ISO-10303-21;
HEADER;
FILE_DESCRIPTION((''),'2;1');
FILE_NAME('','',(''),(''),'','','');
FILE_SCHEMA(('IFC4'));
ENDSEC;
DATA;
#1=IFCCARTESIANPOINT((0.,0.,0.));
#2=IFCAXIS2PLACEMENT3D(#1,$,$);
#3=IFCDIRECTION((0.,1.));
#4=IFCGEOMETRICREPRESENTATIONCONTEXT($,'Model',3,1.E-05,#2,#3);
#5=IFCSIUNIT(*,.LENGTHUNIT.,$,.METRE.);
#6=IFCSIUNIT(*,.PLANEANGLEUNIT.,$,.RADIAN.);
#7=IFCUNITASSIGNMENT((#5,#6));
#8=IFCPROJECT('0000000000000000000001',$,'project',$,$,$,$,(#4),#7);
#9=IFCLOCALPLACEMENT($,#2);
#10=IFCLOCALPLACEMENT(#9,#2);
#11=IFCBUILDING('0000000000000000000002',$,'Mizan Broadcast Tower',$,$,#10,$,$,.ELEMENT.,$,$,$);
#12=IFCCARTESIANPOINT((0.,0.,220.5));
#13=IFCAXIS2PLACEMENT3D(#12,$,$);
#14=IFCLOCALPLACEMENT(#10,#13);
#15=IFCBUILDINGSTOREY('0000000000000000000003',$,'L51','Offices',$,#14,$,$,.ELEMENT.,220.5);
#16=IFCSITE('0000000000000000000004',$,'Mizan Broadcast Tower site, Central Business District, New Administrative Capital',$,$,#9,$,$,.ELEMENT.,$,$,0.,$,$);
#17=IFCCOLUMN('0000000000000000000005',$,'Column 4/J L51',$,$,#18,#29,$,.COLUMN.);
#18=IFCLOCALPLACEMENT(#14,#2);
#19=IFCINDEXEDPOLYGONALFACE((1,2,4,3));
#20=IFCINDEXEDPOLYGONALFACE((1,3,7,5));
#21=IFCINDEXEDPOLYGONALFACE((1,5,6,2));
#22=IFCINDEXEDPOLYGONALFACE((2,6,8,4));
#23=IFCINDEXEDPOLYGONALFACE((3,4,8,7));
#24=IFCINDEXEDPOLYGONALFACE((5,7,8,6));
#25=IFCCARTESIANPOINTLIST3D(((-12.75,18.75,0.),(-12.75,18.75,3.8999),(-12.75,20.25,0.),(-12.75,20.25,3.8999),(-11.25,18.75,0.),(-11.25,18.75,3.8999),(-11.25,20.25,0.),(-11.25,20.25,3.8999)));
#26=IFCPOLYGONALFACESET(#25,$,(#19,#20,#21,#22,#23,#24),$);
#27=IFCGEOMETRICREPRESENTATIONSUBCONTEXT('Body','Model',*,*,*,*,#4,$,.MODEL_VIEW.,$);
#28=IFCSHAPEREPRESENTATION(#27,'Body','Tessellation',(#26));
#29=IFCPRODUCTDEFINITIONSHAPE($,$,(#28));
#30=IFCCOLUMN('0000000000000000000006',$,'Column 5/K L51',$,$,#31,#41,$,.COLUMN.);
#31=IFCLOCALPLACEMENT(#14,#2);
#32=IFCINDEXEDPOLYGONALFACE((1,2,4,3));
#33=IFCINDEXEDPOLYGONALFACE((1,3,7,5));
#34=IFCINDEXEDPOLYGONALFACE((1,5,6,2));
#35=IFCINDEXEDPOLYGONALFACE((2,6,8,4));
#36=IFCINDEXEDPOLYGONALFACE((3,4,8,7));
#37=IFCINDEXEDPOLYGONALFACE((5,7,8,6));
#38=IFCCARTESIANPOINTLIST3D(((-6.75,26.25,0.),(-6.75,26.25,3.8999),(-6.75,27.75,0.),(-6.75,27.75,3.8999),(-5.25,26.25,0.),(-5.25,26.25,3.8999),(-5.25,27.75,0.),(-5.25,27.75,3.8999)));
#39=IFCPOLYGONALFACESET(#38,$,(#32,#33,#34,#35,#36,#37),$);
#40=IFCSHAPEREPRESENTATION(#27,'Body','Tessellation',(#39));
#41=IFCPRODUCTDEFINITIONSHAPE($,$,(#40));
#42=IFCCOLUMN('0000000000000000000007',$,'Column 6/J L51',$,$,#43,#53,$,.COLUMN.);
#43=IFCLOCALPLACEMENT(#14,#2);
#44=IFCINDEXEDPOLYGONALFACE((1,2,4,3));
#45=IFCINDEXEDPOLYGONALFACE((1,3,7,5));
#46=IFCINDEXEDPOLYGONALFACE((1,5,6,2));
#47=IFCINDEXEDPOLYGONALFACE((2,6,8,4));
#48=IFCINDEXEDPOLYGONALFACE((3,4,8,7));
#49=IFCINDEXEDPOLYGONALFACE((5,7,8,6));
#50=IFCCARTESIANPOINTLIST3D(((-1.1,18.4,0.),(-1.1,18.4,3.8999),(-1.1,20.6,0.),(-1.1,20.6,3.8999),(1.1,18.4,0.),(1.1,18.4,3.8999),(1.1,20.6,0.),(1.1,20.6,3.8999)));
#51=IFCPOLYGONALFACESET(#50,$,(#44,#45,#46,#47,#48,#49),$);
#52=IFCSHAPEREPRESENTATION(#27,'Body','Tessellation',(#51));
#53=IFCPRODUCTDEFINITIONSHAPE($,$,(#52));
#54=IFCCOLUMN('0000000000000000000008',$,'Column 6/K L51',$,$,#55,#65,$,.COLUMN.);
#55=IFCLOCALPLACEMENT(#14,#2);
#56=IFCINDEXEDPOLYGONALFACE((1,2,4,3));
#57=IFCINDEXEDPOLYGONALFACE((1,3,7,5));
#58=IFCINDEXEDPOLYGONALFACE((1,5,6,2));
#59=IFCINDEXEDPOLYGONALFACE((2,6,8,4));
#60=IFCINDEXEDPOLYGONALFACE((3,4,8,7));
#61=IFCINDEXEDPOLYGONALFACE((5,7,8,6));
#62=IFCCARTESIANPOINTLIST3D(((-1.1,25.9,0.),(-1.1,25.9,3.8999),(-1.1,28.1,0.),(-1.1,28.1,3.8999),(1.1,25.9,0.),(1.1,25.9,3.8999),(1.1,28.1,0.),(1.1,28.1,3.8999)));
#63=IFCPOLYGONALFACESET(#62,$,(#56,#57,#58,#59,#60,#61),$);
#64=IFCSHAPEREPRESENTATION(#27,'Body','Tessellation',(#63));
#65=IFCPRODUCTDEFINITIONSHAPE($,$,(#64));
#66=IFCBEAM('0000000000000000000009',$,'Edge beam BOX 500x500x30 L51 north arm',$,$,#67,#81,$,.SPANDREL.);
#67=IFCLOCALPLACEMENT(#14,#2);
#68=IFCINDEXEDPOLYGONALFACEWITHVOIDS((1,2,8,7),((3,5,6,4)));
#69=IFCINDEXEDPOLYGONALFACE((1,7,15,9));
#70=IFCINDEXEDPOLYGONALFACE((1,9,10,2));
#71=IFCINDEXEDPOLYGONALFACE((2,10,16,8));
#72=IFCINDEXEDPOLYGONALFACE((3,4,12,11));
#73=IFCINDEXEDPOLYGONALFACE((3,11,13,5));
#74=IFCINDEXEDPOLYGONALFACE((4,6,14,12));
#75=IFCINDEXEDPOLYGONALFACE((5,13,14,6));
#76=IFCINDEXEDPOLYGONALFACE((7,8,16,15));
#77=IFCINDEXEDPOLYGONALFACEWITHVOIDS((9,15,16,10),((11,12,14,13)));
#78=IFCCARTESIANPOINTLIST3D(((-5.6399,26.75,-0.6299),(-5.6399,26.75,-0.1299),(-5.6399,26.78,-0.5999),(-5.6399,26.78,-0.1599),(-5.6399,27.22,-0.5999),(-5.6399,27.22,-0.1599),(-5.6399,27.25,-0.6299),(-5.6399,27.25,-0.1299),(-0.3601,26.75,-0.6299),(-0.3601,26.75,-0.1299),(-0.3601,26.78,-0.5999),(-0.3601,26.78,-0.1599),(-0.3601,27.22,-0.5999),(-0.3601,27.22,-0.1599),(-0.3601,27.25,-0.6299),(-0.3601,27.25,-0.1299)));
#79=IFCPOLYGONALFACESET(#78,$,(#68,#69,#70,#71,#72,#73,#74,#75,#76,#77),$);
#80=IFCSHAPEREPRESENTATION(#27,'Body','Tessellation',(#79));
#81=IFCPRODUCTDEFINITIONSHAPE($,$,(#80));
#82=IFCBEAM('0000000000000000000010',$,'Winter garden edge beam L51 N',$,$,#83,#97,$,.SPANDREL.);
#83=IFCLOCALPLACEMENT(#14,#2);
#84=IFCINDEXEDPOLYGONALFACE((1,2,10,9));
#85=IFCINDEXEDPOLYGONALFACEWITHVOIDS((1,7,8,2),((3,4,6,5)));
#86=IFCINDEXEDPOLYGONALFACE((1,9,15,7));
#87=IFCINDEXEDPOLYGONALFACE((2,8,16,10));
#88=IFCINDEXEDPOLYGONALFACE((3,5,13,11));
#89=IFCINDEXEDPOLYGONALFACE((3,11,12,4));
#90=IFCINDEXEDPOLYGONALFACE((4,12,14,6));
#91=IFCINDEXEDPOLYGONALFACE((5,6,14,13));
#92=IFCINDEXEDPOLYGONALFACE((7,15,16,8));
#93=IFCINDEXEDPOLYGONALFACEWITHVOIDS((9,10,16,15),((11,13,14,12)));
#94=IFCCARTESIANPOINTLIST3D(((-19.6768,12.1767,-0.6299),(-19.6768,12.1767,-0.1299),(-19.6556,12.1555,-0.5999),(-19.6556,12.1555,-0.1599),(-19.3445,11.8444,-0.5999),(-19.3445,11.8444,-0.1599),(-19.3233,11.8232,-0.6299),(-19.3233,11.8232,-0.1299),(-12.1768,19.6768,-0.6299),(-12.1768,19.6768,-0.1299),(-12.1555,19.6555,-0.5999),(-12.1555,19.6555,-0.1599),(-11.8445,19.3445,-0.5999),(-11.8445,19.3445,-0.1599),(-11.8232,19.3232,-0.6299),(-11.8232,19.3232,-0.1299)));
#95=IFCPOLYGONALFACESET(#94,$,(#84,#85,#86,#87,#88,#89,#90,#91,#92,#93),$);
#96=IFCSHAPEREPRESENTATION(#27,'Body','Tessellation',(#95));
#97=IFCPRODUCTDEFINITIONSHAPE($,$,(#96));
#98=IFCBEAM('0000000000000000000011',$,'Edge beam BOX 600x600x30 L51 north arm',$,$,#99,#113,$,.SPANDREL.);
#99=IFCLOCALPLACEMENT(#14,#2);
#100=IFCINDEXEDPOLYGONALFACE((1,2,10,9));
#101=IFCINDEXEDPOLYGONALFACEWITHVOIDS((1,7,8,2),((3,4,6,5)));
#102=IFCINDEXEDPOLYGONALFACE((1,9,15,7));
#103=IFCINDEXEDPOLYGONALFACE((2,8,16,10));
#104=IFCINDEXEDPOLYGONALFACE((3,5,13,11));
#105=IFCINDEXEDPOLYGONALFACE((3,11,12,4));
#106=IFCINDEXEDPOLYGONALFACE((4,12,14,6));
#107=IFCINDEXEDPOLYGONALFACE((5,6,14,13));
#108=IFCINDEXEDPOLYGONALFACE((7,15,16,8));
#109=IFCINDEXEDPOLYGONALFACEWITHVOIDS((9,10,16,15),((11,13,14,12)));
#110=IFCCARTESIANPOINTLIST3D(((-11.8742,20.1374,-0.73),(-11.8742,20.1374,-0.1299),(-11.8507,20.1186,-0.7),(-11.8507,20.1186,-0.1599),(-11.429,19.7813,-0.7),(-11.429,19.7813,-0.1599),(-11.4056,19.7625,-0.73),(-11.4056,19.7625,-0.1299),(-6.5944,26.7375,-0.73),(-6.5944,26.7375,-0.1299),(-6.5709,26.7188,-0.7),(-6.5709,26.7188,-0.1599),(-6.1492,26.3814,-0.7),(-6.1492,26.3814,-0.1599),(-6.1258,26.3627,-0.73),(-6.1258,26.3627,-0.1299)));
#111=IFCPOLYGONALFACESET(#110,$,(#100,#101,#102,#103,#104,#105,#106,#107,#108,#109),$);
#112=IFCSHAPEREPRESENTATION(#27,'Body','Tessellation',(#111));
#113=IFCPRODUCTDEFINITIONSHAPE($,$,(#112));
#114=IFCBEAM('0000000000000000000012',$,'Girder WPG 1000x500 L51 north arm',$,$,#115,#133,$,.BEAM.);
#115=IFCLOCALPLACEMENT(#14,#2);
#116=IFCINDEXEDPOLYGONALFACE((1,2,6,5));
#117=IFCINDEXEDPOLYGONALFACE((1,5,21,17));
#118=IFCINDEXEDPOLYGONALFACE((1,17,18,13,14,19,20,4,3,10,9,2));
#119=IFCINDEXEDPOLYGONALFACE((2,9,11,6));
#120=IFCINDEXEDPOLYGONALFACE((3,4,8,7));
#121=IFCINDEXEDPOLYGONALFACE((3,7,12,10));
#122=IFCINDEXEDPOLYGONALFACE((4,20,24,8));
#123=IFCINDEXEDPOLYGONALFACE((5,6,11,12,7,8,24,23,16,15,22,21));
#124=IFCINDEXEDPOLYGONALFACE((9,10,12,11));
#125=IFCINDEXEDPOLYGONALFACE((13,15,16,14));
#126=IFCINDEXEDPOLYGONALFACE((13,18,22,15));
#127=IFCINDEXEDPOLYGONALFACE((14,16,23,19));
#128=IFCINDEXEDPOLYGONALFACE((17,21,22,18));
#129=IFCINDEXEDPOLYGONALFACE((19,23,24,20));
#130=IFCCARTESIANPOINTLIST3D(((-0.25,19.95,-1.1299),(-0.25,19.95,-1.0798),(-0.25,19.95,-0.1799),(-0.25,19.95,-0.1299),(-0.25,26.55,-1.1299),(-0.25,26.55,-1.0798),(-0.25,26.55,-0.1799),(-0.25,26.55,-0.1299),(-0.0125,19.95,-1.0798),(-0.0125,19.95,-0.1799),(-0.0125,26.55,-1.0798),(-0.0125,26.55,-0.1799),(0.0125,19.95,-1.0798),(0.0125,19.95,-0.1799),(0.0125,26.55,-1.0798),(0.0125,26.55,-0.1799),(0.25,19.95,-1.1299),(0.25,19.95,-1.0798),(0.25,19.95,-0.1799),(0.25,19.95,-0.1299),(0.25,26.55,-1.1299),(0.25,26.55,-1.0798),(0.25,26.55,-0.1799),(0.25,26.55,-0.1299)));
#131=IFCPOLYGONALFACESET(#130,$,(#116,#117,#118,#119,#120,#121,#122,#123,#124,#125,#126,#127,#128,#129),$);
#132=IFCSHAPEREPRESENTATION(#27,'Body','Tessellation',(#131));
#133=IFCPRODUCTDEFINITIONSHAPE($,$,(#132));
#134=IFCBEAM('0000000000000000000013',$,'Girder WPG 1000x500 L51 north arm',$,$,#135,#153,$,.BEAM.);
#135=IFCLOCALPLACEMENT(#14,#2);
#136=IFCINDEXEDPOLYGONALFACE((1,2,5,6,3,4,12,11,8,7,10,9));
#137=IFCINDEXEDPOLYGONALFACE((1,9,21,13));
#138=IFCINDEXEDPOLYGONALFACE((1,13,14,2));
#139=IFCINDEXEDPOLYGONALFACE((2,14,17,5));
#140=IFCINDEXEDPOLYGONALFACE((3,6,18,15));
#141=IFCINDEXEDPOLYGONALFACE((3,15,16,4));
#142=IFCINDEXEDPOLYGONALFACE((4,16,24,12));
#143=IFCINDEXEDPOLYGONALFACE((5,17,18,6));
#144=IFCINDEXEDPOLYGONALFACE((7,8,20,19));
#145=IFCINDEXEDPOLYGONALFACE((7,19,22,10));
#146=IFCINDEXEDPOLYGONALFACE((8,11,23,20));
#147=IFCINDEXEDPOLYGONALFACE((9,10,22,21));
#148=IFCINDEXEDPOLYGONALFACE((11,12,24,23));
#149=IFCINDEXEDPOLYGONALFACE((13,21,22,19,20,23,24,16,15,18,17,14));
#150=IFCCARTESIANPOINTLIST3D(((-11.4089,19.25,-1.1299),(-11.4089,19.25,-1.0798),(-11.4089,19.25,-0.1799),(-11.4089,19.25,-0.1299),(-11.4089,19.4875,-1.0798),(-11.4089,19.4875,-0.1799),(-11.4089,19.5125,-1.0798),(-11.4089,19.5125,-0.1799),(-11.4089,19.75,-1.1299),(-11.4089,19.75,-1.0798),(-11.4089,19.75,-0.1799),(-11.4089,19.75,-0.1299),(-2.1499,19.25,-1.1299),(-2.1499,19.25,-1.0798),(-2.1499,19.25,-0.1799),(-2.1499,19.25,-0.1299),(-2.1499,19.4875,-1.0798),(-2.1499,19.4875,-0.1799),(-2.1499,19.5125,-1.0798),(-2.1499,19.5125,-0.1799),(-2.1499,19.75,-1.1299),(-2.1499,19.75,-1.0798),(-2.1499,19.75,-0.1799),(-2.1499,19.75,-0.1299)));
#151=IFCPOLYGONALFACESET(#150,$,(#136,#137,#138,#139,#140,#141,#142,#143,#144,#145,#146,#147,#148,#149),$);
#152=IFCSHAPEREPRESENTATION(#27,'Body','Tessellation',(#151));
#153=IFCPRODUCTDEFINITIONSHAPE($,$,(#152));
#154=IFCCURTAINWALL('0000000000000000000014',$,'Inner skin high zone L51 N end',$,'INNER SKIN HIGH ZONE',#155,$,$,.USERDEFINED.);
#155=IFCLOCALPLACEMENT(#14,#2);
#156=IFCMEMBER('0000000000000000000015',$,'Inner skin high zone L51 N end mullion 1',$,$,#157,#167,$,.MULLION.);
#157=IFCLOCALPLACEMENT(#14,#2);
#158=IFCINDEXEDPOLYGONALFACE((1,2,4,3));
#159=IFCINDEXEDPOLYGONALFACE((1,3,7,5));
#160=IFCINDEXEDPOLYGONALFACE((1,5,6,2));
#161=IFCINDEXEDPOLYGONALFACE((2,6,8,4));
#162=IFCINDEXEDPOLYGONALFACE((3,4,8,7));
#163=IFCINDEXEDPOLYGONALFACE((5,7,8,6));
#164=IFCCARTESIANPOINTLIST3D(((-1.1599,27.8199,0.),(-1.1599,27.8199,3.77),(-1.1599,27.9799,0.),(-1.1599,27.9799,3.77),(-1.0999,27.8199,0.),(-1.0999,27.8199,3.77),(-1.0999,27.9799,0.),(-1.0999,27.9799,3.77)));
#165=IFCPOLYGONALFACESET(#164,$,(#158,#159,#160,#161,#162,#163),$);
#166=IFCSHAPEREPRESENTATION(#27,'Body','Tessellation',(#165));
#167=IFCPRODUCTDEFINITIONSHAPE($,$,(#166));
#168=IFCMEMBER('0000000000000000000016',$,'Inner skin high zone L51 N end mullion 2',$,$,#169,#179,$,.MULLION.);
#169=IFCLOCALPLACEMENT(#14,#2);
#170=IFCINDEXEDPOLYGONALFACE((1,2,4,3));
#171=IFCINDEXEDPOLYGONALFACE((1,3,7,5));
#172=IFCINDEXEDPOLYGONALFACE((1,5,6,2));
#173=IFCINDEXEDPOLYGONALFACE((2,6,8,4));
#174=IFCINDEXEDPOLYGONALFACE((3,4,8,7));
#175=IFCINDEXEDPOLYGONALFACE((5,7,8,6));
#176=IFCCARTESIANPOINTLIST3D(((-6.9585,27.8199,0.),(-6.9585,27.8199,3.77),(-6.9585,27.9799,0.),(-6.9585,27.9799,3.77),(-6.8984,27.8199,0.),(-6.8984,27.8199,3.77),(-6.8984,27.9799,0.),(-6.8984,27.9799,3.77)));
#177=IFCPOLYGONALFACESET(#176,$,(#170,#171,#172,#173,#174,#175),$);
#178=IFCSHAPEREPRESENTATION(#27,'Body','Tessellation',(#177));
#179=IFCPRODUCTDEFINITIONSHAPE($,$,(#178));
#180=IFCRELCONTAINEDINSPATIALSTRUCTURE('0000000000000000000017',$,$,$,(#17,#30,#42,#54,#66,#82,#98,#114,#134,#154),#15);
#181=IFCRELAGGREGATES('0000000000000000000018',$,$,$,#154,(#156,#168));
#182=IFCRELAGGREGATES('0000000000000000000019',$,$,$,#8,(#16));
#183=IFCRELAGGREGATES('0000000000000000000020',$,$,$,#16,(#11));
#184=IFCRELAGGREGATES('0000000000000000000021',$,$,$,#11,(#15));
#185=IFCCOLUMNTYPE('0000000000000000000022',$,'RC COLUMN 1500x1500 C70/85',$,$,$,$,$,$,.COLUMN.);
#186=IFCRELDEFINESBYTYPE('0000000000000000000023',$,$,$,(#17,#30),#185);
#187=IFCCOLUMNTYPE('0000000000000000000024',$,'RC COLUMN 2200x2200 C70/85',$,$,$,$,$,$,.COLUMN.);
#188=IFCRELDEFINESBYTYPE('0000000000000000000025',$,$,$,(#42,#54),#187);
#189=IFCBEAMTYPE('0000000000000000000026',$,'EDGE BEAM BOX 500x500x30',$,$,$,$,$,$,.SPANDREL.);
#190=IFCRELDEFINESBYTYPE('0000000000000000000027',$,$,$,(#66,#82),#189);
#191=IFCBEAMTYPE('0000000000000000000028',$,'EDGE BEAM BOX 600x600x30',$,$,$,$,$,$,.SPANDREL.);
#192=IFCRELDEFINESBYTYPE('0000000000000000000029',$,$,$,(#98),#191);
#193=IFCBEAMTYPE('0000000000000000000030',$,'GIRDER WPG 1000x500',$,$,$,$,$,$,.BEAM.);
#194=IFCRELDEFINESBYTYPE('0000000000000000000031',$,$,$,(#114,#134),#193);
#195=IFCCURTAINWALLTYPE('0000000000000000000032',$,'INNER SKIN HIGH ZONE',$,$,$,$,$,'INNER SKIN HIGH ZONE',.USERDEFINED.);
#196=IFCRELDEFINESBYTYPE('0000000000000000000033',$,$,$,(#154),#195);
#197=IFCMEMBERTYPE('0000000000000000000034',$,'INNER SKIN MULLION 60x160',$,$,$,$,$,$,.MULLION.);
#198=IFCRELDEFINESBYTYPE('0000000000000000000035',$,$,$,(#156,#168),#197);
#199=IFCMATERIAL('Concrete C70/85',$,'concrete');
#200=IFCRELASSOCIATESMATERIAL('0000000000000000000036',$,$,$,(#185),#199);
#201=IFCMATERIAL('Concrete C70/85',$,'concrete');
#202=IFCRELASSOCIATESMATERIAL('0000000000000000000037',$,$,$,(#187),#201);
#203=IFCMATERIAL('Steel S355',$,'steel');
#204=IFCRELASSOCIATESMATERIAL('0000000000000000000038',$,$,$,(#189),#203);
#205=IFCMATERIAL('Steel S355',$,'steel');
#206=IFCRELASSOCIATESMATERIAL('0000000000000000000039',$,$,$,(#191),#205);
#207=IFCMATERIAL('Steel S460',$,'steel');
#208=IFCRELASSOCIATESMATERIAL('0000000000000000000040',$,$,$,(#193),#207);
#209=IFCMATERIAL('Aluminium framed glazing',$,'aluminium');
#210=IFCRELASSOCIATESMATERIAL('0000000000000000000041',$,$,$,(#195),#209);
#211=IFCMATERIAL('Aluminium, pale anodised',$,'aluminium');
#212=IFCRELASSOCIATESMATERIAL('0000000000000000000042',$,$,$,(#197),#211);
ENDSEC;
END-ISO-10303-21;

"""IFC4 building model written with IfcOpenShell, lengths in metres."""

from ifc_helpers import new_model, si_unit, direction, frame, origin, origin_2d, place, context, subcontext, project, spatial, rectangle, hollow_rectangle, i_section, extrude, material, material_profile, profile_set, type_object, element, aggregate, save


model = new_model("IFC4")

# Units and contexts
model_context = context("Model", 3, precision=1e-05, world=origin(), true_north=direction((0.0, 1.0)))
body_context = subcontext(model_context, "Body", "Model", "MODEL_VIEW")
ifc_project = project(units=[si_unit("LENGTHUNIT", "METRE"), si_unit("PLANEANGLEUNIT", "RADIAN")], contexts=[model_context])

# Site, building, storey
site_placement = place(None, origin())
site = spatial("IfcSite", under=ifc_project, at=site_placement, Name="Mizan Broadcast Tower site, Central Business District, New Administrative Capital", CompositionType="ELEMENT", RefElevation=0.0)
building_placement = place(site_placement, origin())
building = spatial("IfcBuilding", under=site, at=building_placement, Name="Mizan Broadcast Tower", CompositionType="ELEMENT")
storey_placement = place(building_placement, frame((0.0, 0.0, 220.5)))
storey = spatial("IfcBuildingStorey", under=building, at=storey_placement, Name="L51", Description="Offices", CompositionType="ELEMENT", Elevation=220.5)

# Columns
ifc_material_1 = material(Name="Concrete C70/85", Category="concrete")
ifc_material_profile_1 = material_profile(ifc_material_1, rectangle(XDim=1.5, YDim=1.5, at=origin_2d()), Name="RC 1500x1500")
ifc_profile_set_1 = profile_set([ifc_material_profile_1], Name="Concrete C70/85")
column_type_1 = type_object("IfcColumnType", Name="RC COLUMN 1500x1500 C70/85", PredefinedType="COLUMN", material=ifc_profile_set_1)
for number, where, z_axis, x_axis, name in (
    (1, (-12.0, 19.5, 0.0), (0.0, 0.0, 1.0), (1.0, 0.0, 0.0), "Column 4/J L51"),
    (2, (-6.0, 27.0, 0.0), (0.0, 0.0, 1.0), (1.0, 0.0, 0.0), "Column 5/K L51"),
):
    element("IfcColumn", number, at=place(storey_placement, frame(where, z_axis=z_axis, x_axis=x_axis)), inside=storey, type_object=column_type_1, Name=name, PredefinedType="COLUMN", context=body_context, shape_type="SweptSolid", body=[
        extrude(rectangle(XDim=1.5, YDim=1.5, at=origin_2d()), origin(), (0.0, 0.0, 1.0), 3.8999),
    ])
ifc_material_2 = material(Name="Concrete C70/85", Category="concrete")
ifc_material_profile_2 = material_profile(ifc_material_2, rectangle(XDim=2.2, YDim=2.2, at=origin_2d()), Name="RC 2200x2200")
ifc_profile_set_2 = profile_set([ifc_material_profile_2], Name="Concrete C70/85")
column_type_2 = type_object("IfcColumnType", Name="RC COLUMN 2200x2200 C70/85", PredefinedType="COLUMN", material=ifc_profile_set_2)
for number, where, z_axis, x_axis, name in (
    (3, (0.0, 19.5, 0.0), (0.0, 0.0, 1.0), (1.0, 0.0, 0.0), "Column 6/J L51"),
    (4, (0.0, 27.0, 0.0), (0.0, 0.0, 1.0), (1.0, 0.0, 0.0), "Column 6/K L51"),
):
    element("IfcColumn", number, at=place(storey_placement, frame(where, z_axis=z_axis, x_axis=x_axis)), inside=storey, type_object=column_type_2, Name=name, PredefinedType="COLUMN", context=body_context, shape_type="SweptSolid", body=[
        extrude(rectangle(XDim=2.2, YDim=2.2, at=origin_2d()), origin(), (0.0, 0.0, 1.0), 3.8999),
    ])

# Beams
ifc_material_3 = material(Name="Steel S355", Category="steel")
ifc_material_profile_3 = material_profile(ifc_material_3, hollow_rectangle(XDim=0.5, YDim=0.5, WallThickness=0.03, at=origin_2d()), Name="BOX 500x500x30")
ifc_profile_set_3 = profile_set([ifc_material_profile_3], Name="Steel S355")
beam_type_1 = type_object("IfcBeamType", Name="EDGE BEAM BOX 500x500x30", PredefinedType="SPANDREL", material=ifc_profile_set_3)
beam_1_placement = place(storey_placement, frame((-5.6399, 27.0, -0.3799), z_axis=(1.0, 0.0, 0.0), x_axis=(0.0, 1.0, 0.0)))
element("IfcBeam", 5, at=beam_1_placement, inside=storey, type_object=beam_type_1, Name="Edge beam BOX 500x500x30 L51 north arm", PredefinedType="SPANDREL", context=body_context, shape_type="SweptSolid", body=[
    extrude(hollow_rectangle(XDim=0.5, YDim=0.5, WallThickness=0.03, at=origin_2d()), origin(), (0.0, 0.0, 1.0), 5.2798),
])
beam_2_placement = place(storey_placement, frame((-12.0, 19.5, -0.3799), z_axis=(-0.707107, -0.707107, 0.0), x_axis=(0.707107, -0.707107, 0.0)))
element("IfcBeam", 6, at=beam_2_placement, inside=storey, type_object=beam_type_1, Name="Winter garden edge beam L51 N", PredefinedType="SPANDREL", context=body_context, shape_type="SweptSolid", body=[
    extrude(hollow_rectangle(XDim=0.5, YDim=0.5, WallThickness=0.03, at=origin_2d()), origin(), (0.0, 0.0, 1.0), 10.6067),
])
ifc_material_4 = material(Name="Steel S355", Category="steel")
ifc_material_profile_4 = material_profile(ifc_material_4, hollow_rectangle(XDim=0.6001, YDim=0.6001, WallThickness=0.03, at=origin_2d()), Name="BOX 600x600x30")
ifc_profile_set_4 = profile_set([ifc_material_profile_4], Name="Steel S355")
beam_type_2 = type_object("IfcBeamType", Name="EDGE BEAM BOX 600x600x30", PredefinedType="SPANDREL", material=ifc_profile_set_4)
beam_3_placement = place(storey_placement, frame((-11.6399, 19.95, -0.4299), z_axis=(0.624674, 0.780886, 0.0), x_axis=(-0.780886, 0.624674, 0.0)))
element("IfcBeam", 7, at=beam_3_placement, inside=storey, type_object=beam_type_2, Name="Edge beam BOX 600x600x30 L51 north arm", PredefinedType="SPANDREL", context=body_context, shape_type="SweptSolid", body=[
    extrude(hollow_rectangle(XDim=0.6001, YDim=0.6001, WallThickness=0.03, at=origin_2d()), origin(), (0.0, 0.0, 1.0), 8.4521),
])
ifc_material_5 = material(Name="Steel S460", Category="steel")
ifc_material_profile_5 = material_profile(ifc_material_5, i_section(OverallWidth=0.5, OverallDepth=1.0, WebThickness=0.0249, FlangeThickness=0.05, at=origin_2d()), Name="WPG 1000x500")
ifc_profile_set_5 = profile_set([ifc_material_profile_5], Name="Steel S460")
beam_type_3 = type_object("IfcBeamType", Name="GIRDER WPG 1000x500", PredefinedType="BEAM", material=ifc_profile_set_5)
beam_4_placement = place(storey_placement, frame((0.0, 19.95, -0.6299), z_axis=(0.0, 1.0, 0.0), x_axis=(-1.0, 0.0, 0.0)))
element("IfcBeam", 8, at=beam_4_placement, inside=storey, type_object=beam_type_3, Name="Girder WPG 1000x500 L51 north arm", PredefinedType="BEAM", context=body_context, shape_type="SweptSolid", body=[
    extrude(i_section(OverallWidth=0.5, OverallDepth=1.0, WebThickness=0.0249, FlangeThickness=0.05, at=origin_2d()), origin(), (0.0, 0.0, 1.0), 6.6001),
])
beam_5_placement = place(storey_placement, frame((-11.4089, 19.5, -0.6299), z_axis=(1.0, 0.0, 0.0), x_axis=(0.0, 1.0, 0.0)))
element("IfcBeam", 9, at=beam_5_placement, inside=storey, type_object=beam_type_3, Name="Girder WPG 1000x500 L51 north arm", PredefinedType="BEAM", context=body_context, shape_type="SweptSolid", body=[
    extrude(i_section(OverallWidth=0.5, OverallDepth=1.0, WebThickness=0.0249, FlangeThickness=0.05, at=origin_2d()), origin(), (0.0, 0.0, 1.0), 9.259),
])

# Curtain wall, members
ifc_material_6 = material(Name="Aluminium framed glazing", Category="aluminium")
curtain_wall_type_1 = type_object("IfcCurtainWallType", Name="INNER SKIN HIGH ZONE", ElementType="INNER SKIN HIGH ZONE", PredefinedType="USERDEFINED", material=ifc_material_6)
curtain_wall_1_placement = place(storey_placement, origin())
curtain_wall_1 = element("IfcCurtainWall", 10, at=curtain_wall_1_placement, inside=storey, type_object=curtain_wall_type_1, Name="Inner skin high zone L51 N end", ObjectType="INNER SKIN HIGH ZONE", PredefinedType="USERDEFINED")
ifc_material_7 = material(Name="Aluminium, pale anodised", Category="aluminium")
ifc_material_profile_6 = material_profile(ifc_material_7, rectangle(XDim=0.1599, YDim=0.0601, at=origin_2d()), Name="MULLION 160x60")
ifc_profile_set_6 = profile_set([ifc_material_profile_6], Name="Aluminium, pale anodised")
member_type_1 = type_object("IfcMemberType", Name="INNER SKIN MULLION 60x160", PredefinedType="MULLION", material=ifc_profile_set_6)
member_1_placement = place(storey_placement, frame((-1.1299, 27.8999, 0.0), z_axis=(0.0, 0.0, 1.0), x_axis=(0.0, -1.0, 0.0)))
member_1 = element("IfcMember", 11, at=member_1_placement, type_object=member_type_1, Name="Inner skin high zone L51 N end mullion 1", PredefinedType="MULLION", context=body_context, shape_type="SweptSolid", body=[
    extrude(rectangle(XDim=0.1599, YDim=0.0601, at=origin_2d()), origin(), (0.0, 0.0, 1.0), 3.77),
])
member_2_placement = place(storey_placement, frame((-6.9285, 27.8999, 0.0), z_axis=(0.0, 0.0, 1.0), x_axis=(0.0, -1.0, 0.0)))
member_2 = element("IfcMember", 12, at=member_2_placement, type_object=member_type_1, Name="Inner skin high zone L51 N end mullion 2", PredefinedType="MULLION", context=body_context, shape_type="SweptSolid", body=[
    extrude(rectangle(XDim=0.1599, YDim=0.0601, at=origin_2d()), origin(), (0.0, 0.0, 1.0), 3.77),
])

aggregate(curtain_wall_1, [member_1, member_2])

save(model, "model.ifc")
